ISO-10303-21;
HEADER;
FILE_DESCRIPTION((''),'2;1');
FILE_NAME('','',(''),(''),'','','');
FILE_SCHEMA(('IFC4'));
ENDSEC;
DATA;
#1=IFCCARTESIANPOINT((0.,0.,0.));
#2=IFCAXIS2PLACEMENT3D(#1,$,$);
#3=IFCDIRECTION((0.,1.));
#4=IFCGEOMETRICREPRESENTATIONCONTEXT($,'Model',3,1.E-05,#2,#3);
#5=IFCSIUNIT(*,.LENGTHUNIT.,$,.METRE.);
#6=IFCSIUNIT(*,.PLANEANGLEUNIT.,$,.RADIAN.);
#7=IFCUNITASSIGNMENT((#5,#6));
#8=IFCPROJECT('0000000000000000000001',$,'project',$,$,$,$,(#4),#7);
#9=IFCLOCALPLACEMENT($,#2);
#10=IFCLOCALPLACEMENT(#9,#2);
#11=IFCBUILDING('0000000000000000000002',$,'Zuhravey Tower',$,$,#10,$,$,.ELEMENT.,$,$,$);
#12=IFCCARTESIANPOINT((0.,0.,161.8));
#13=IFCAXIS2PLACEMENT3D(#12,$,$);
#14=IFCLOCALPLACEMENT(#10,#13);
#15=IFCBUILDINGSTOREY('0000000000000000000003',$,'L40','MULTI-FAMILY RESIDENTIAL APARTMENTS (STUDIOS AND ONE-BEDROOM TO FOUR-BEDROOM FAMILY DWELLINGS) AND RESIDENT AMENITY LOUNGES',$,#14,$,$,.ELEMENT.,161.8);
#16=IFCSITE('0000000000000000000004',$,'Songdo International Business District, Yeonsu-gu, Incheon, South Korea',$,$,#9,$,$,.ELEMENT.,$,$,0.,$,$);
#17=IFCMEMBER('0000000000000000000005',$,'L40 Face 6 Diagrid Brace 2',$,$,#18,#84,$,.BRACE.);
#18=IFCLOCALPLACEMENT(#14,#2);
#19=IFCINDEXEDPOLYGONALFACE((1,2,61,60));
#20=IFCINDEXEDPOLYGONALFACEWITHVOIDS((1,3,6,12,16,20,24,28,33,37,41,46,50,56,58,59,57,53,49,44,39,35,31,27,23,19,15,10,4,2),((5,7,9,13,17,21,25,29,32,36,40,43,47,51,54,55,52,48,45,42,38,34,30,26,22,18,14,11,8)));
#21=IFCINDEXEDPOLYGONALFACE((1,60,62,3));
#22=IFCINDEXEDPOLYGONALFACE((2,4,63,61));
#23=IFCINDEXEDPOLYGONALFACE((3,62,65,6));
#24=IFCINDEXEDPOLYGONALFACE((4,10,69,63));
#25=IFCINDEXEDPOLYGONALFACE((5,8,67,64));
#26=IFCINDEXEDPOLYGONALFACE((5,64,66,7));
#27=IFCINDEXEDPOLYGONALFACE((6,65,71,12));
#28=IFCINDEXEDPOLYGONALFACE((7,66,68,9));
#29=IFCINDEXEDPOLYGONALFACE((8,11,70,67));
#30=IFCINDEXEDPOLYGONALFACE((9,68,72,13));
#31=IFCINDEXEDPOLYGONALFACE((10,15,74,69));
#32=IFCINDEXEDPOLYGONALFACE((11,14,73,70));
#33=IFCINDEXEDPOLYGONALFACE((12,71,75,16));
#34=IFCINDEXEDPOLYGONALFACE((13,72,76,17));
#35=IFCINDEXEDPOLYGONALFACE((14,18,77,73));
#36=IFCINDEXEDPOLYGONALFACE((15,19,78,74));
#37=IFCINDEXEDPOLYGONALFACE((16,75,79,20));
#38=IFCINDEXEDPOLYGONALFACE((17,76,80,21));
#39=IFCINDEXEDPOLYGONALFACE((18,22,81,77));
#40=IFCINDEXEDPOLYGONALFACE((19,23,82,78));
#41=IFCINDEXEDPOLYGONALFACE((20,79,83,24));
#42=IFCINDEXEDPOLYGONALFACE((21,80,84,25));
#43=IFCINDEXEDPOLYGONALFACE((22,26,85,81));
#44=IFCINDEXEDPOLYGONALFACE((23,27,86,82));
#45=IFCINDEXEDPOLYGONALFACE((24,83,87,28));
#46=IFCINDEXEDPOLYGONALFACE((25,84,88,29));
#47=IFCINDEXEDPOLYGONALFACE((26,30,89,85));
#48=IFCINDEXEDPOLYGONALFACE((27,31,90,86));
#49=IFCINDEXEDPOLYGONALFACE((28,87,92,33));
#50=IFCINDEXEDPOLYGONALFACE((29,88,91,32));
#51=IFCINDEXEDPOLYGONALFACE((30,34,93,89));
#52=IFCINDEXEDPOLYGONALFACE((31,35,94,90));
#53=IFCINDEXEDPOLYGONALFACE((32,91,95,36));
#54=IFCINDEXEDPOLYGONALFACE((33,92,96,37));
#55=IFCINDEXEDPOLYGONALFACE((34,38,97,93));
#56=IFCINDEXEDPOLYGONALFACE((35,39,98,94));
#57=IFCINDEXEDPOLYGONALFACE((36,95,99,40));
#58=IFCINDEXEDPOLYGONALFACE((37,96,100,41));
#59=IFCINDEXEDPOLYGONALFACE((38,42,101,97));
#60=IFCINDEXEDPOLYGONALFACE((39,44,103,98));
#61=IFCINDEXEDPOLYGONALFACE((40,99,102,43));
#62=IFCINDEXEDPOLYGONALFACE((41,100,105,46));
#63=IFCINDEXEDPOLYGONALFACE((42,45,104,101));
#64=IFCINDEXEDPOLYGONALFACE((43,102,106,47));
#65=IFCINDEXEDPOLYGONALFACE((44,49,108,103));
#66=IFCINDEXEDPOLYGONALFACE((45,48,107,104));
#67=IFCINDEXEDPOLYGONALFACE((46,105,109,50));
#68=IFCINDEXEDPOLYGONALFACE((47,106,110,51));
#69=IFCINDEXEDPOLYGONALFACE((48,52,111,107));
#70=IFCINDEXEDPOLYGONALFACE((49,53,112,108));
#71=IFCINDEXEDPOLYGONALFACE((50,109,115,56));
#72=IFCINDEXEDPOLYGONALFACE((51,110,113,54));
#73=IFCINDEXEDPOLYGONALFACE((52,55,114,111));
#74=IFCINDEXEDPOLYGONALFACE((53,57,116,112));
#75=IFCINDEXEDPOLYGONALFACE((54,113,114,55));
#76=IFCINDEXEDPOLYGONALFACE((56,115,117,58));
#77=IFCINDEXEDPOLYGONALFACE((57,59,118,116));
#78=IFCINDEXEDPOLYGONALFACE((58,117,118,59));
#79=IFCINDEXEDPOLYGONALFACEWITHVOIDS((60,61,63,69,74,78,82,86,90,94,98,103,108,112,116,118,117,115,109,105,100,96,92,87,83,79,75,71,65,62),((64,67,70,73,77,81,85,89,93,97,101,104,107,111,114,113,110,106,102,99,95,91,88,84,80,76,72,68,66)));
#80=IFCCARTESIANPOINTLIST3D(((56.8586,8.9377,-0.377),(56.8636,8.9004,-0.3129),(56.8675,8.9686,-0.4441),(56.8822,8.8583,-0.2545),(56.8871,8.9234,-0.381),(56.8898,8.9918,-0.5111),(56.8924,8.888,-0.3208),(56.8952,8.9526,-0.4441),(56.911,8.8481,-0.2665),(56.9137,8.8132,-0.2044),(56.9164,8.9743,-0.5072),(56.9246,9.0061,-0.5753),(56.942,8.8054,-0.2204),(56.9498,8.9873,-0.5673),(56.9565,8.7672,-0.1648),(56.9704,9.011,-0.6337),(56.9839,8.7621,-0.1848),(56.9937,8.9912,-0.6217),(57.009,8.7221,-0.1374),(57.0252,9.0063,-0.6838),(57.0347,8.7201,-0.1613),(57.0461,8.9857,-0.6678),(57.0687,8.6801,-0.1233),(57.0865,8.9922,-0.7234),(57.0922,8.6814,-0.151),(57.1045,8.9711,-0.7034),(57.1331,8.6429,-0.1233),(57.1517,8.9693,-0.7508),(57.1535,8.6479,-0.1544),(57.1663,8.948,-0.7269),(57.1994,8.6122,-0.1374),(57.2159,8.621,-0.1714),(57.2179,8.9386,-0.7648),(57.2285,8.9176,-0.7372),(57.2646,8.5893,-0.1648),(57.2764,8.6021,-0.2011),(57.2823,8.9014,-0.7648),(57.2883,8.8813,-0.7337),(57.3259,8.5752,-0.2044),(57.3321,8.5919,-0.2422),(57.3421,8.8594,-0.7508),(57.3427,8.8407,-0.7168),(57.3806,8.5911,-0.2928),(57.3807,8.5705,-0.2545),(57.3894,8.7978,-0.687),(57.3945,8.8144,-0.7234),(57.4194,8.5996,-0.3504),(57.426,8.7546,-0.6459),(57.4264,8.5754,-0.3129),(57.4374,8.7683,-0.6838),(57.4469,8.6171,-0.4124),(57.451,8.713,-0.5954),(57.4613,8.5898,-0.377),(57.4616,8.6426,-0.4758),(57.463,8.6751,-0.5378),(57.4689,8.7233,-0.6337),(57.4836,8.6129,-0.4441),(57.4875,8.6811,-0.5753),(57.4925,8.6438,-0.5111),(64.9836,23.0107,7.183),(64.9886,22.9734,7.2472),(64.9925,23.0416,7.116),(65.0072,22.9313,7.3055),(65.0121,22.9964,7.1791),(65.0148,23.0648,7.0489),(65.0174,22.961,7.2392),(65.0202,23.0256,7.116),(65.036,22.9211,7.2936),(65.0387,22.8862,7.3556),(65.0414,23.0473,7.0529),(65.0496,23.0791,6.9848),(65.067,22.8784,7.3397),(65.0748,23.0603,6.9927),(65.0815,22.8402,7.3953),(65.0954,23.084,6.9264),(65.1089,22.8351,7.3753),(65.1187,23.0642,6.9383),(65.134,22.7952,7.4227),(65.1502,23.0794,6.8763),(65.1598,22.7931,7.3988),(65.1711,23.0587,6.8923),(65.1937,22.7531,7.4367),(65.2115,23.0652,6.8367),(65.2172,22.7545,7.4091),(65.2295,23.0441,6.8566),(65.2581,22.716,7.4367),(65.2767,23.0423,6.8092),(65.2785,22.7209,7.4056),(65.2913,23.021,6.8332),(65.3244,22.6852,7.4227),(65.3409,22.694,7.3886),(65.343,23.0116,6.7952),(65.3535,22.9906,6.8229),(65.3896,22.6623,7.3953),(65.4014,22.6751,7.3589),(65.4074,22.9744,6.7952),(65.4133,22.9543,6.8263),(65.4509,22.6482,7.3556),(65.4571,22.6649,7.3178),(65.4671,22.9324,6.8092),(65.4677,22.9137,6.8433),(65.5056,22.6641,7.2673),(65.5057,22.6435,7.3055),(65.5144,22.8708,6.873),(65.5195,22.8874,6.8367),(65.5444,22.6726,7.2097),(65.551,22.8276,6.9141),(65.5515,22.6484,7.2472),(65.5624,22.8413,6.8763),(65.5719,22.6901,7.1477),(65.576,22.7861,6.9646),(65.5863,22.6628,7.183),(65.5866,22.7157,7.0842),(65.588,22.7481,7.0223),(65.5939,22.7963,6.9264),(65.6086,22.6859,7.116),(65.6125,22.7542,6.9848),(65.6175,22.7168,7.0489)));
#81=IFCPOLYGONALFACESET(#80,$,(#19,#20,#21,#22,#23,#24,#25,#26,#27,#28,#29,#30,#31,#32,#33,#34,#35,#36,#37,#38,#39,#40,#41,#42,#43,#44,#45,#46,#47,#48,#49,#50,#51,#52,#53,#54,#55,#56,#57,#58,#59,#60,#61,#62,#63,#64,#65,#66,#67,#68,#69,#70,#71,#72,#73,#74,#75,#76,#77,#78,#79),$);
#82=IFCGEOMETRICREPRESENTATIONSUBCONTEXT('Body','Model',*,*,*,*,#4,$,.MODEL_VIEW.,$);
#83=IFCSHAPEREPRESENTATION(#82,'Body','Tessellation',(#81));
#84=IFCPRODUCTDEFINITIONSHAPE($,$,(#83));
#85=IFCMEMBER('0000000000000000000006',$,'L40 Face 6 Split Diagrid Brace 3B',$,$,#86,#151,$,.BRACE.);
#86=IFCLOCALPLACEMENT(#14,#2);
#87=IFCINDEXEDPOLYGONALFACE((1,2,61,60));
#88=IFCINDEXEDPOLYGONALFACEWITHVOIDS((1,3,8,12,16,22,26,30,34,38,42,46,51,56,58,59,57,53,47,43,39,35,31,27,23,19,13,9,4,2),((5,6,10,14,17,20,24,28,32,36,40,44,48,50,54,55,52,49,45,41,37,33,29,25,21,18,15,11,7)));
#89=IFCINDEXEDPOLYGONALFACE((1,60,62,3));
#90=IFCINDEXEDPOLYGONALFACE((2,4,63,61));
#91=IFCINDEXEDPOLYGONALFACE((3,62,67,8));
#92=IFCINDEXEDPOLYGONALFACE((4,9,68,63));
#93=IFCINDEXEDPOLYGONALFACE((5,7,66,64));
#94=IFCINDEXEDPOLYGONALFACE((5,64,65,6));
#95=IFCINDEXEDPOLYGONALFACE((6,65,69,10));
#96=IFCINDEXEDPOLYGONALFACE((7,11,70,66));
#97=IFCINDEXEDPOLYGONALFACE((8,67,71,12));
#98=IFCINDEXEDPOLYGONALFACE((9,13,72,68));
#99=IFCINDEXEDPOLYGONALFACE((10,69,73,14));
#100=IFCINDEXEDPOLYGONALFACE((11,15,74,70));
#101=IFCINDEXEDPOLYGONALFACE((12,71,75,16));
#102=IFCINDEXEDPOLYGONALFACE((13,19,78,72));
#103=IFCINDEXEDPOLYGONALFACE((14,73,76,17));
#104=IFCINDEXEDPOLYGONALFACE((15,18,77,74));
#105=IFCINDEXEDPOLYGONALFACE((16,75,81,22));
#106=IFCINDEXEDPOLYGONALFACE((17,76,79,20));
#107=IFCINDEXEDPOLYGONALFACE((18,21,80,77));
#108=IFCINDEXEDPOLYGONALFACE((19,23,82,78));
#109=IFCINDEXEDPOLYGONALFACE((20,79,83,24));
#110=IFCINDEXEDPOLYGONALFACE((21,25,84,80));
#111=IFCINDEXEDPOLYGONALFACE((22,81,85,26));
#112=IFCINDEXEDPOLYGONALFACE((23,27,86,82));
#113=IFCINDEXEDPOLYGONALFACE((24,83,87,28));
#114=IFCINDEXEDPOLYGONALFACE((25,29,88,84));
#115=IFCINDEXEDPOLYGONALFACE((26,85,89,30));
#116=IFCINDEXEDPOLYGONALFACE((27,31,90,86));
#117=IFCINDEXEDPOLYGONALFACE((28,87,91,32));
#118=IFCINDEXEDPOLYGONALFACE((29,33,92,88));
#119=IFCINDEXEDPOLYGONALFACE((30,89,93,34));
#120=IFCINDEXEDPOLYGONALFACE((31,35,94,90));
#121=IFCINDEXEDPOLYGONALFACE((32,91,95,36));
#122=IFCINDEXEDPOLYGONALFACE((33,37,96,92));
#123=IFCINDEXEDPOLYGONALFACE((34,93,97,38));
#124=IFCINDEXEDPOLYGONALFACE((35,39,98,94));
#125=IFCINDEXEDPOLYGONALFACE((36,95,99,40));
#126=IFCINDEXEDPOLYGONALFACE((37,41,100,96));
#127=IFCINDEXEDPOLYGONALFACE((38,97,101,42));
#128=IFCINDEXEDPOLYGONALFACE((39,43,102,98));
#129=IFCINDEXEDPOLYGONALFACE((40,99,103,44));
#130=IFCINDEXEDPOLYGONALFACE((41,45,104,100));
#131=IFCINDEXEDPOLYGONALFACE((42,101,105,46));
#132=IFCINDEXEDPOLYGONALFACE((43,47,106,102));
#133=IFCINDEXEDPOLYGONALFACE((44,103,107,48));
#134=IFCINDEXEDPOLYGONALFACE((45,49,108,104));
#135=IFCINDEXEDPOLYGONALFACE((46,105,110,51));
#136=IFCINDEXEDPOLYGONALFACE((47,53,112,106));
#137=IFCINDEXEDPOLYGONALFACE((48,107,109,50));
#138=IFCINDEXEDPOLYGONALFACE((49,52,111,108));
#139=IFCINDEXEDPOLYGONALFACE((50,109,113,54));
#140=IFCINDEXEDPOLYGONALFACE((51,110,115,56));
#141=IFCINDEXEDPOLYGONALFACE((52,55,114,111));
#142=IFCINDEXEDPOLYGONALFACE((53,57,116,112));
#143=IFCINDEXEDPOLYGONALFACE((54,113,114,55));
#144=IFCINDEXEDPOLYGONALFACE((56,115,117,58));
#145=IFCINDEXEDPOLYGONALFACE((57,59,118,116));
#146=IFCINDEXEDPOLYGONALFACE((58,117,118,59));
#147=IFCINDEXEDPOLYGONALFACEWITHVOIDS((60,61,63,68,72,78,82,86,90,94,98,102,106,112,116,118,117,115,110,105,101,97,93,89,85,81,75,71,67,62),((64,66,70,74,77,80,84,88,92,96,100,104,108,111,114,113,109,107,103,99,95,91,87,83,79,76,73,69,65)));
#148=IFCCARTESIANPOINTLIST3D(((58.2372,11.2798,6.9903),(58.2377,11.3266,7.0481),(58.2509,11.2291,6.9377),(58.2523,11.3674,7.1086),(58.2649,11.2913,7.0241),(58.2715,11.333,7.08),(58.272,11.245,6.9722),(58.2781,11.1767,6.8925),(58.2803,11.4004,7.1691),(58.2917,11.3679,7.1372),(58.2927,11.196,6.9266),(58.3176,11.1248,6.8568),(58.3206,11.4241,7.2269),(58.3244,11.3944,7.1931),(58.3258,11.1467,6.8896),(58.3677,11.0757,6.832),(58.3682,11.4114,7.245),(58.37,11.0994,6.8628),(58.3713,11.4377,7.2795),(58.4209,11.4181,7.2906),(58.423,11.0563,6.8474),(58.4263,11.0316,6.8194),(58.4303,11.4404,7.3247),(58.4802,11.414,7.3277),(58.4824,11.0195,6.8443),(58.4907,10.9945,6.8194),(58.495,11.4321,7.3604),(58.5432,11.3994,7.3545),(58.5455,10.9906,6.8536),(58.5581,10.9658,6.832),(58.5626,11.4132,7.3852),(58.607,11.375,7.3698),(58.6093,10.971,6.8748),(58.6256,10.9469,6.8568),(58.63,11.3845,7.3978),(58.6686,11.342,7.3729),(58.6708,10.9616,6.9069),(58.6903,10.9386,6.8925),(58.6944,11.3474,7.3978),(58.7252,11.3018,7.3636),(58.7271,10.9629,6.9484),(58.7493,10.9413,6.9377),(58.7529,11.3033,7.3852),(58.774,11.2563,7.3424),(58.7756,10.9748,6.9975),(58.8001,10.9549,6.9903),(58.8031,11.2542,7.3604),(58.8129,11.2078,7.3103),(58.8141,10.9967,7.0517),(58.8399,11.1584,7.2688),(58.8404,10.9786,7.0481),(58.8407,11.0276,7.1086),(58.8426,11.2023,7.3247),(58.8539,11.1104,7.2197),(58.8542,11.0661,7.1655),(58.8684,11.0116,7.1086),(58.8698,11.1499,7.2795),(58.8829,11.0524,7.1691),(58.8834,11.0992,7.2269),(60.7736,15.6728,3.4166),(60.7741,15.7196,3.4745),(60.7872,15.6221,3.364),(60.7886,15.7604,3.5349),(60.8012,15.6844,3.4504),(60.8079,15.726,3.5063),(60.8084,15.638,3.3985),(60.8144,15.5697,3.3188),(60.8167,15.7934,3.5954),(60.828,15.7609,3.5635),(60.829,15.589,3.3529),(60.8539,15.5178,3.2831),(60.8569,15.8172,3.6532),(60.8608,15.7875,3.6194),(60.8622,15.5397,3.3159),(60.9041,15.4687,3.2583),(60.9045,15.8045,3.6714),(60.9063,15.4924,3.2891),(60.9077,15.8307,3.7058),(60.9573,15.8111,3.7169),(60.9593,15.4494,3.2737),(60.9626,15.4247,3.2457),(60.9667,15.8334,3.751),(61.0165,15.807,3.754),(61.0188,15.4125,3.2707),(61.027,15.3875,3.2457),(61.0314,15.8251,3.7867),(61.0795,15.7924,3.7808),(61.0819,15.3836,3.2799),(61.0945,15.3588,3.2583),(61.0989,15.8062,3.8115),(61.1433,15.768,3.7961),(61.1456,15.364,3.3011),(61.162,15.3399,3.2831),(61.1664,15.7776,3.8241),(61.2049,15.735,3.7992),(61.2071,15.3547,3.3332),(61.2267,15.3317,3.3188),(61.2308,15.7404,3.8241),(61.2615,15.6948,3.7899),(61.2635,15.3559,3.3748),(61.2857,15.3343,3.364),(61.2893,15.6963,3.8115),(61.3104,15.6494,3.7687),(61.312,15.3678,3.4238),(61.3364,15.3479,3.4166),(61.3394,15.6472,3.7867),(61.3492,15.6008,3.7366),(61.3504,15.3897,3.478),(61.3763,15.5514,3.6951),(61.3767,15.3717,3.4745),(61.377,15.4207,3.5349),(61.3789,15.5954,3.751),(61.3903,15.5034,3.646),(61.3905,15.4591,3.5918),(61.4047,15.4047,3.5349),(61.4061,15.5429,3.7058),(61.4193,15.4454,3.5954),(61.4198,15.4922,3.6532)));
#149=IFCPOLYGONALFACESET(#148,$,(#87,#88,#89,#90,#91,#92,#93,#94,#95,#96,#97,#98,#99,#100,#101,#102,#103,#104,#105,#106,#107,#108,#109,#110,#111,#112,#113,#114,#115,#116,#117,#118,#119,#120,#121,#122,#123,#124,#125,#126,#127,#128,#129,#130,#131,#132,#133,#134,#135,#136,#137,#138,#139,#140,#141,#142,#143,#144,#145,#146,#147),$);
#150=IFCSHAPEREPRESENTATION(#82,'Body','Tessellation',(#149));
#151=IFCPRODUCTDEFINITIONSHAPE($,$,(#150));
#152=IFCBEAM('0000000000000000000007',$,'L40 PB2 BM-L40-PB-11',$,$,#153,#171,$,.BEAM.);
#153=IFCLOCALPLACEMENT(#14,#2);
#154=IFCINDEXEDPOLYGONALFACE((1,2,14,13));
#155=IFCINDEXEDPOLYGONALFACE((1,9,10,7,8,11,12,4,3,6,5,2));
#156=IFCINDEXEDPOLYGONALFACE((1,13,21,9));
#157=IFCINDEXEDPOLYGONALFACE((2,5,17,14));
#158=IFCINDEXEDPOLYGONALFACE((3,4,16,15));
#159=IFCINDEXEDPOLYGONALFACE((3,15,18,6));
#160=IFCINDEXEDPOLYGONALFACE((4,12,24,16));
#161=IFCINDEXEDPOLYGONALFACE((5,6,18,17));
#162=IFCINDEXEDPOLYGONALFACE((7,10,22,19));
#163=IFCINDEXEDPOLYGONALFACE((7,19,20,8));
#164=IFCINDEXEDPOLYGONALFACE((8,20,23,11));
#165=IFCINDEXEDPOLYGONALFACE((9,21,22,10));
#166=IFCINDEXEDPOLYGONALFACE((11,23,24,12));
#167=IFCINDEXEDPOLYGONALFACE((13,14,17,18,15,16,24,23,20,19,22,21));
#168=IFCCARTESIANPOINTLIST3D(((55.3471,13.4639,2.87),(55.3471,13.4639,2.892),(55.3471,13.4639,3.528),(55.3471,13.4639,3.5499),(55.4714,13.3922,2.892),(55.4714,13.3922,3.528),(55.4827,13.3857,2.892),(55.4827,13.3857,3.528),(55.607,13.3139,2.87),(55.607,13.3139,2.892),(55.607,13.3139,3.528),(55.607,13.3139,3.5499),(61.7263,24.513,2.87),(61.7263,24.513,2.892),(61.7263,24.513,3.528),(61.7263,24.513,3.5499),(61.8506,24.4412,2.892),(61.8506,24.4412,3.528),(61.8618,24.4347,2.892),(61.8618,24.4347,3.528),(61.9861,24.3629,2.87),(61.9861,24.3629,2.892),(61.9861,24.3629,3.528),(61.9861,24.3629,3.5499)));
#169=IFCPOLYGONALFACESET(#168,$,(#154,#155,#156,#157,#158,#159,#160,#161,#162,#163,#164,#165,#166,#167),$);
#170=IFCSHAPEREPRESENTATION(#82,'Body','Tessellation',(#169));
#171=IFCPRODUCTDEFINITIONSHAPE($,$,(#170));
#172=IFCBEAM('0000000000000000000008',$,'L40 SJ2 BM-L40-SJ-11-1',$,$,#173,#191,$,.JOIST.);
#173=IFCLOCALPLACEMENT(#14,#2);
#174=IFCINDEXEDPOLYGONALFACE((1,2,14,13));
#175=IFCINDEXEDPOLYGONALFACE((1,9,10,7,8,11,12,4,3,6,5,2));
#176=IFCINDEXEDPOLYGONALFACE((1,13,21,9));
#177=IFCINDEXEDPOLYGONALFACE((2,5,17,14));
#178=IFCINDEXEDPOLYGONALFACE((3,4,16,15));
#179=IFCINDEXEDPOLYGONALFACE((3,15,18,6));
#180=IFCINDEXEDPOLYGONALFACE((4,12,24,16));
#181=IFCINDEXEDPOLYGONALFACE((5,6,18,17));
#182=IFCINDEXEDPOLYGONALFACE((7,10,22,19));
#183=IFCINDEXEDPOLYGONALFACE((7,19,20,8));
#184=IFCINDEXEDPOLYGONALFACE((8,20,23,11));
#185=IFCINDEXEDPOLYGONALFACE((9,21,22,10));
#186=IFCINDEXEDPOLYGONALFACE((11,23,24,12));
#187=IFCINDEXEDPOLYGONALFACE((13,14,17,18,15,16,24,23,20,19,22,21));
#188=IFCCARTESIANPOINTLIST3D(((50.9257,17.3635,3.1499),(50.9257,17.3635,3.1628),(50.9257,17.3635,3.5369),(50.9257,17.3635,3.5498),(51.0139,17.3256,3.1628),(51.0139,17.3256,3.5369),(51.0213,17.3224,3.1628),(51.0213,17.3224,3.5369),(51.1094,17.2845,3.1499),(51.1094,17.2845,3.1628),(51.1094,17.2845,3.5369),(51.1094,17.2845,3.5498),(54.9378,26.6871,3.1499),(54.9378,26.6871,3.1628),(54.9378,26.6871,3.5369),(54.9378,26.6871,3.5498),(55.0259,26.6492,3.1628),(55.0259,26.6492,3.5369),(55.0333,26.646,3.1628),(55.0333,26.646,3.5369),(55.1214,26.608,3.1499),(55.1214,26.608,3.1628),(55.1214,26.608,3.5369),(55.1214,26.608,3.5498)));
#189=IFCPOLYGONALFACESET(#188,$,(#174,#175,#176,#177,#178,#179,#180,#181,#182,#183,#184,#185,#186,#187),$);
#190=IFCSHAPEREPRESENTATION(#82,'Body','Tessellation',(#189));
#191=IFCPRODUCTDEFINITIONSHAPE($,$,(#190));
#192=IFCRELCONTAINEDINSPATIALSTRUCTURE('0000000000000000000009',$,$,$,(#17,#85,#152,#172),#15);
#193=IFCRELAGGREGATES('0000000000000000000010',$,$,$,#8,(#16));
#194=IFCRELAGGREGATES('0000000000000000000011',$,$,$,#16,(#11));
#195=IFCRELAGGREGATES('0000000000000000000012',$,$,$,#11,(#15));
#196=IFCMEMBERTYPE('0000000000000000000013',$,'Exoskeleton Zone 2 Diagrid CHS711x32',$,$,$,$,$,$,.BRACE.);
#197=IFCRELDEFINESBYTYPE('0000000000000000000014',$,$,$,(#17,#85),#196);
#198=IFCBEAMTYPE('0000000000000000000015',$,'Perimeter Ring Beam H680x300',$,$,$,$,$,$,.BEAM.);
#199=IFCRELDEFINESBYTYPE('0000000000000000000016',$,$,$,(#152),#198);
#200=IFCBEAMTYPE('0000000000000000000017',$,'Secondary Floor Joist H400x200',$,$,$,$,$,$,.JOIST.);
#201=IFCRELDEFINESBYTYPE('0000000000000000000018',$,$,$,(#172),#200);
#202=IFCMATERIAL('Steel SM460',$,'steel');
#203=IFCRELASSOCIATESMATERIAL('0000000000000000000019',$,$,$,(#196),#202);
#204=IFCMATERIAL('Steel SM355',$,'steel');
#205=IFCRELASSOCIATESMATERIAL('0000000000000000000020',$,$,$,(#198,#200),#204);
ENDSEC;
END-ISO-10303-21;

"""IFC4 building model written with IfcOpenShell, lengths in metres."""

from ifc_helpers import new_model, si_unit, direction, frame, origin, origin_2d, place, context, subcontext, project, spatial, hollow_circle, i_section, extrude, material, material_profile, profile_set, type_object, element, save


model = new_model("IFC4")

# Units and contexts
model_context = context("Model", 3, precision=1e-05, world=origin(), true_north=direction((0.0, 1.0)))
body_context = subcontext(model_context, "Body", "Model", "MODEL_VIEW")
ifc_project = project(units=[si_unit("LENGTHUNIT", "METRE"), si_unit("PLANEANGLEUNIT", "RADIAN")], contexts=[model_context])

# Site, building, storey
site_placement = place(None, origin())
site = spatial("IfcSite", under=ifc_project, at=site_placement, Name="Songdo International Business District, Yeonsu-gu, Incheon, South Korea", CompositionType="ELEMENT", RefElevation=0.0)
building_placement = place(site_placement, origin())
building = spatial("IfcBuilding", under=site, at=building_placement, Name="Zuhravey Tower", CompositionType="ELEMENT")
storey_placement = place(building_placement, frame((0.0, 0.0, 161.8)))
storey = spatial("IfcBuildingStorey", under=building, at=storey_placement, Name="L40", Description="MULTI-FAMILY RESIDENTIAL APARTMENTS (STUDIOS AND ONE-BEDROOM TO FOUR-BEDROOM FAMILY DWELLINGS) AND RESIDENT AMENITY LOUNGES", CompositionType="ELEMENT", Elevation=161.8)

# Members
ifc_material_1 = material(Name="Steel SM355", Category="steel")
ifc_material_2 = material(Name="Steel SM460", Category="steel")
ifc_material_profile_1 = material_profile(ifc_material_2, hollow_circle(Radius=0.3557, WallThickness=0.032, at=origin_2d()), Name="CHS-711.2x32")
ifc_profile_set_1 = profile_set([ifc_material_profile_1], Name="Steel SM460")
member_type_1 = type_object("IfcMemberType", Name="Exoskeleton Zone 2 Diagrid CHS711x32", PredefinedType="BRACE", material=ifc_profile_set_1)
member_1_placement = place(storey_placement, frame((57.1755, 8.7908, -0.4441), z_axis=(0.453338, 0.78521, 0.421817), x_axis=(-0.866027, 0.499998, 0.0)))
element("IfcMember", 1, at=member_1_placement, inside=storey, type_object=member_type_1, Name="L40 Face 6 Diagrid Brace 2", PredefinedType="BRACE", context=body_context, shape_type="SweptSolid", body=[
    extrude(hollow_circle(Radius=0.3557, WallThickness=0.032, at=origin_2d()), origin(), (0.0, 0.0, 1.0), 17.9226),
])
member_2_placement = place(storey_placement, frame((61.0967, 15.5825, 3.5349), z_axis=(-0.408754, -0.707972, 0.57593), x_axis=(0.866022, -0.500006, 0.0)))
element("IfcMember", 2, at=member_2_placement, inside=storey, type_object=member_type_1, Name="L40 Face 6 Split Diagrid Brace 3B", PredefinedType="BRACE", context=body_context, shape_type="SweptSolid", body=[
    extrude(hollow_circle(Radius=0.3557, WallThickness=0.032, at=origin_2d()), origin(), (0.0, 0.0, 1.0), 6.2051),
])

# Beams
ifc_material_profile_2 = material_profile(ifc_material_1, i_section(OverallWidth=0.3, OverallDepth=0.6799, WebThickness=0.0129, FlangeThickness=0.022, at=origin_2d()), Name="H-680x300x13x22")
ifc_profile_set_2 = profile_set([ifc_material_profile_2], Name="Steel SM355")
beam_type_1 = type_object("IfcBeamType", Name="Perimeter Ring Beam H680x300", PredefinedType="BEAM", material=ifc_profile_set_2)
beam_1_placement = place(storey_placement, frame((55.4771, 13.3889, 3.21), z_axis=(0.499998, 0.866027, 0.0), x_axis=(-0.866027, 0.499998, 0.0)))
element("IfcBeam", 3, at=beam_1_placement, inside=storey, type_object=beam_type_1, Name="L40 PB2 BM-L40-PB-11", PredefinedType="BEAM", context=body_context, shape_type="SweptSolid", body=[
    extrude(i_section(OverallWidth=0.3, OverallDepth=0.6799, WebThickness=0.0129, FlangeThickness=0.022, at=origin_2d()), origin(), (0.0, 0.0, 1.0), 12.7583),
])
ifc_material_profile_3 = material_profile(ifc_material_1, i_section(OverallWidth=0.2, OverallDepth=0.3999, WebThickness=0.0081, FlangeThickness=0.0129, at=origin_2d()), Name="H-400x200x8x13")
ifc_profile_set_3 = profile_set([ifc_material_profile_3], Name="Steel SM355")
beam_type_2 = type_object("IfcBeamType", Name="Secondary Floor Joist H400x200", PredefinedType="JOIST", material=ifc_profile_set_3)
beam_2_placement = place(storey_placement, frame((51.0176, 17.324, 3.3499), z_axis=(0.395266, 0.918567, 0.0), x_axis=(-0.918567, 0.395266, 0.0)))
element("IfcBeam", 4, at=beam_2_placement, inside=storey, type_object=beam_type_2, Name="L40 SJ2 BM-L40-SJ-11-1", PredefinedType="JOIST", context=body_context, shape_type="SweptSolid", body=[
    extrude(i_section(OverallWidth=0.2, OverallDepth=0.3999, WebThickness=0.0081, FlangeThickness=0.0129, at=origin_2d()), origin(), (0.0, 0.0, 1.0), 10.1501),
])

save(model, "model.ifc")
